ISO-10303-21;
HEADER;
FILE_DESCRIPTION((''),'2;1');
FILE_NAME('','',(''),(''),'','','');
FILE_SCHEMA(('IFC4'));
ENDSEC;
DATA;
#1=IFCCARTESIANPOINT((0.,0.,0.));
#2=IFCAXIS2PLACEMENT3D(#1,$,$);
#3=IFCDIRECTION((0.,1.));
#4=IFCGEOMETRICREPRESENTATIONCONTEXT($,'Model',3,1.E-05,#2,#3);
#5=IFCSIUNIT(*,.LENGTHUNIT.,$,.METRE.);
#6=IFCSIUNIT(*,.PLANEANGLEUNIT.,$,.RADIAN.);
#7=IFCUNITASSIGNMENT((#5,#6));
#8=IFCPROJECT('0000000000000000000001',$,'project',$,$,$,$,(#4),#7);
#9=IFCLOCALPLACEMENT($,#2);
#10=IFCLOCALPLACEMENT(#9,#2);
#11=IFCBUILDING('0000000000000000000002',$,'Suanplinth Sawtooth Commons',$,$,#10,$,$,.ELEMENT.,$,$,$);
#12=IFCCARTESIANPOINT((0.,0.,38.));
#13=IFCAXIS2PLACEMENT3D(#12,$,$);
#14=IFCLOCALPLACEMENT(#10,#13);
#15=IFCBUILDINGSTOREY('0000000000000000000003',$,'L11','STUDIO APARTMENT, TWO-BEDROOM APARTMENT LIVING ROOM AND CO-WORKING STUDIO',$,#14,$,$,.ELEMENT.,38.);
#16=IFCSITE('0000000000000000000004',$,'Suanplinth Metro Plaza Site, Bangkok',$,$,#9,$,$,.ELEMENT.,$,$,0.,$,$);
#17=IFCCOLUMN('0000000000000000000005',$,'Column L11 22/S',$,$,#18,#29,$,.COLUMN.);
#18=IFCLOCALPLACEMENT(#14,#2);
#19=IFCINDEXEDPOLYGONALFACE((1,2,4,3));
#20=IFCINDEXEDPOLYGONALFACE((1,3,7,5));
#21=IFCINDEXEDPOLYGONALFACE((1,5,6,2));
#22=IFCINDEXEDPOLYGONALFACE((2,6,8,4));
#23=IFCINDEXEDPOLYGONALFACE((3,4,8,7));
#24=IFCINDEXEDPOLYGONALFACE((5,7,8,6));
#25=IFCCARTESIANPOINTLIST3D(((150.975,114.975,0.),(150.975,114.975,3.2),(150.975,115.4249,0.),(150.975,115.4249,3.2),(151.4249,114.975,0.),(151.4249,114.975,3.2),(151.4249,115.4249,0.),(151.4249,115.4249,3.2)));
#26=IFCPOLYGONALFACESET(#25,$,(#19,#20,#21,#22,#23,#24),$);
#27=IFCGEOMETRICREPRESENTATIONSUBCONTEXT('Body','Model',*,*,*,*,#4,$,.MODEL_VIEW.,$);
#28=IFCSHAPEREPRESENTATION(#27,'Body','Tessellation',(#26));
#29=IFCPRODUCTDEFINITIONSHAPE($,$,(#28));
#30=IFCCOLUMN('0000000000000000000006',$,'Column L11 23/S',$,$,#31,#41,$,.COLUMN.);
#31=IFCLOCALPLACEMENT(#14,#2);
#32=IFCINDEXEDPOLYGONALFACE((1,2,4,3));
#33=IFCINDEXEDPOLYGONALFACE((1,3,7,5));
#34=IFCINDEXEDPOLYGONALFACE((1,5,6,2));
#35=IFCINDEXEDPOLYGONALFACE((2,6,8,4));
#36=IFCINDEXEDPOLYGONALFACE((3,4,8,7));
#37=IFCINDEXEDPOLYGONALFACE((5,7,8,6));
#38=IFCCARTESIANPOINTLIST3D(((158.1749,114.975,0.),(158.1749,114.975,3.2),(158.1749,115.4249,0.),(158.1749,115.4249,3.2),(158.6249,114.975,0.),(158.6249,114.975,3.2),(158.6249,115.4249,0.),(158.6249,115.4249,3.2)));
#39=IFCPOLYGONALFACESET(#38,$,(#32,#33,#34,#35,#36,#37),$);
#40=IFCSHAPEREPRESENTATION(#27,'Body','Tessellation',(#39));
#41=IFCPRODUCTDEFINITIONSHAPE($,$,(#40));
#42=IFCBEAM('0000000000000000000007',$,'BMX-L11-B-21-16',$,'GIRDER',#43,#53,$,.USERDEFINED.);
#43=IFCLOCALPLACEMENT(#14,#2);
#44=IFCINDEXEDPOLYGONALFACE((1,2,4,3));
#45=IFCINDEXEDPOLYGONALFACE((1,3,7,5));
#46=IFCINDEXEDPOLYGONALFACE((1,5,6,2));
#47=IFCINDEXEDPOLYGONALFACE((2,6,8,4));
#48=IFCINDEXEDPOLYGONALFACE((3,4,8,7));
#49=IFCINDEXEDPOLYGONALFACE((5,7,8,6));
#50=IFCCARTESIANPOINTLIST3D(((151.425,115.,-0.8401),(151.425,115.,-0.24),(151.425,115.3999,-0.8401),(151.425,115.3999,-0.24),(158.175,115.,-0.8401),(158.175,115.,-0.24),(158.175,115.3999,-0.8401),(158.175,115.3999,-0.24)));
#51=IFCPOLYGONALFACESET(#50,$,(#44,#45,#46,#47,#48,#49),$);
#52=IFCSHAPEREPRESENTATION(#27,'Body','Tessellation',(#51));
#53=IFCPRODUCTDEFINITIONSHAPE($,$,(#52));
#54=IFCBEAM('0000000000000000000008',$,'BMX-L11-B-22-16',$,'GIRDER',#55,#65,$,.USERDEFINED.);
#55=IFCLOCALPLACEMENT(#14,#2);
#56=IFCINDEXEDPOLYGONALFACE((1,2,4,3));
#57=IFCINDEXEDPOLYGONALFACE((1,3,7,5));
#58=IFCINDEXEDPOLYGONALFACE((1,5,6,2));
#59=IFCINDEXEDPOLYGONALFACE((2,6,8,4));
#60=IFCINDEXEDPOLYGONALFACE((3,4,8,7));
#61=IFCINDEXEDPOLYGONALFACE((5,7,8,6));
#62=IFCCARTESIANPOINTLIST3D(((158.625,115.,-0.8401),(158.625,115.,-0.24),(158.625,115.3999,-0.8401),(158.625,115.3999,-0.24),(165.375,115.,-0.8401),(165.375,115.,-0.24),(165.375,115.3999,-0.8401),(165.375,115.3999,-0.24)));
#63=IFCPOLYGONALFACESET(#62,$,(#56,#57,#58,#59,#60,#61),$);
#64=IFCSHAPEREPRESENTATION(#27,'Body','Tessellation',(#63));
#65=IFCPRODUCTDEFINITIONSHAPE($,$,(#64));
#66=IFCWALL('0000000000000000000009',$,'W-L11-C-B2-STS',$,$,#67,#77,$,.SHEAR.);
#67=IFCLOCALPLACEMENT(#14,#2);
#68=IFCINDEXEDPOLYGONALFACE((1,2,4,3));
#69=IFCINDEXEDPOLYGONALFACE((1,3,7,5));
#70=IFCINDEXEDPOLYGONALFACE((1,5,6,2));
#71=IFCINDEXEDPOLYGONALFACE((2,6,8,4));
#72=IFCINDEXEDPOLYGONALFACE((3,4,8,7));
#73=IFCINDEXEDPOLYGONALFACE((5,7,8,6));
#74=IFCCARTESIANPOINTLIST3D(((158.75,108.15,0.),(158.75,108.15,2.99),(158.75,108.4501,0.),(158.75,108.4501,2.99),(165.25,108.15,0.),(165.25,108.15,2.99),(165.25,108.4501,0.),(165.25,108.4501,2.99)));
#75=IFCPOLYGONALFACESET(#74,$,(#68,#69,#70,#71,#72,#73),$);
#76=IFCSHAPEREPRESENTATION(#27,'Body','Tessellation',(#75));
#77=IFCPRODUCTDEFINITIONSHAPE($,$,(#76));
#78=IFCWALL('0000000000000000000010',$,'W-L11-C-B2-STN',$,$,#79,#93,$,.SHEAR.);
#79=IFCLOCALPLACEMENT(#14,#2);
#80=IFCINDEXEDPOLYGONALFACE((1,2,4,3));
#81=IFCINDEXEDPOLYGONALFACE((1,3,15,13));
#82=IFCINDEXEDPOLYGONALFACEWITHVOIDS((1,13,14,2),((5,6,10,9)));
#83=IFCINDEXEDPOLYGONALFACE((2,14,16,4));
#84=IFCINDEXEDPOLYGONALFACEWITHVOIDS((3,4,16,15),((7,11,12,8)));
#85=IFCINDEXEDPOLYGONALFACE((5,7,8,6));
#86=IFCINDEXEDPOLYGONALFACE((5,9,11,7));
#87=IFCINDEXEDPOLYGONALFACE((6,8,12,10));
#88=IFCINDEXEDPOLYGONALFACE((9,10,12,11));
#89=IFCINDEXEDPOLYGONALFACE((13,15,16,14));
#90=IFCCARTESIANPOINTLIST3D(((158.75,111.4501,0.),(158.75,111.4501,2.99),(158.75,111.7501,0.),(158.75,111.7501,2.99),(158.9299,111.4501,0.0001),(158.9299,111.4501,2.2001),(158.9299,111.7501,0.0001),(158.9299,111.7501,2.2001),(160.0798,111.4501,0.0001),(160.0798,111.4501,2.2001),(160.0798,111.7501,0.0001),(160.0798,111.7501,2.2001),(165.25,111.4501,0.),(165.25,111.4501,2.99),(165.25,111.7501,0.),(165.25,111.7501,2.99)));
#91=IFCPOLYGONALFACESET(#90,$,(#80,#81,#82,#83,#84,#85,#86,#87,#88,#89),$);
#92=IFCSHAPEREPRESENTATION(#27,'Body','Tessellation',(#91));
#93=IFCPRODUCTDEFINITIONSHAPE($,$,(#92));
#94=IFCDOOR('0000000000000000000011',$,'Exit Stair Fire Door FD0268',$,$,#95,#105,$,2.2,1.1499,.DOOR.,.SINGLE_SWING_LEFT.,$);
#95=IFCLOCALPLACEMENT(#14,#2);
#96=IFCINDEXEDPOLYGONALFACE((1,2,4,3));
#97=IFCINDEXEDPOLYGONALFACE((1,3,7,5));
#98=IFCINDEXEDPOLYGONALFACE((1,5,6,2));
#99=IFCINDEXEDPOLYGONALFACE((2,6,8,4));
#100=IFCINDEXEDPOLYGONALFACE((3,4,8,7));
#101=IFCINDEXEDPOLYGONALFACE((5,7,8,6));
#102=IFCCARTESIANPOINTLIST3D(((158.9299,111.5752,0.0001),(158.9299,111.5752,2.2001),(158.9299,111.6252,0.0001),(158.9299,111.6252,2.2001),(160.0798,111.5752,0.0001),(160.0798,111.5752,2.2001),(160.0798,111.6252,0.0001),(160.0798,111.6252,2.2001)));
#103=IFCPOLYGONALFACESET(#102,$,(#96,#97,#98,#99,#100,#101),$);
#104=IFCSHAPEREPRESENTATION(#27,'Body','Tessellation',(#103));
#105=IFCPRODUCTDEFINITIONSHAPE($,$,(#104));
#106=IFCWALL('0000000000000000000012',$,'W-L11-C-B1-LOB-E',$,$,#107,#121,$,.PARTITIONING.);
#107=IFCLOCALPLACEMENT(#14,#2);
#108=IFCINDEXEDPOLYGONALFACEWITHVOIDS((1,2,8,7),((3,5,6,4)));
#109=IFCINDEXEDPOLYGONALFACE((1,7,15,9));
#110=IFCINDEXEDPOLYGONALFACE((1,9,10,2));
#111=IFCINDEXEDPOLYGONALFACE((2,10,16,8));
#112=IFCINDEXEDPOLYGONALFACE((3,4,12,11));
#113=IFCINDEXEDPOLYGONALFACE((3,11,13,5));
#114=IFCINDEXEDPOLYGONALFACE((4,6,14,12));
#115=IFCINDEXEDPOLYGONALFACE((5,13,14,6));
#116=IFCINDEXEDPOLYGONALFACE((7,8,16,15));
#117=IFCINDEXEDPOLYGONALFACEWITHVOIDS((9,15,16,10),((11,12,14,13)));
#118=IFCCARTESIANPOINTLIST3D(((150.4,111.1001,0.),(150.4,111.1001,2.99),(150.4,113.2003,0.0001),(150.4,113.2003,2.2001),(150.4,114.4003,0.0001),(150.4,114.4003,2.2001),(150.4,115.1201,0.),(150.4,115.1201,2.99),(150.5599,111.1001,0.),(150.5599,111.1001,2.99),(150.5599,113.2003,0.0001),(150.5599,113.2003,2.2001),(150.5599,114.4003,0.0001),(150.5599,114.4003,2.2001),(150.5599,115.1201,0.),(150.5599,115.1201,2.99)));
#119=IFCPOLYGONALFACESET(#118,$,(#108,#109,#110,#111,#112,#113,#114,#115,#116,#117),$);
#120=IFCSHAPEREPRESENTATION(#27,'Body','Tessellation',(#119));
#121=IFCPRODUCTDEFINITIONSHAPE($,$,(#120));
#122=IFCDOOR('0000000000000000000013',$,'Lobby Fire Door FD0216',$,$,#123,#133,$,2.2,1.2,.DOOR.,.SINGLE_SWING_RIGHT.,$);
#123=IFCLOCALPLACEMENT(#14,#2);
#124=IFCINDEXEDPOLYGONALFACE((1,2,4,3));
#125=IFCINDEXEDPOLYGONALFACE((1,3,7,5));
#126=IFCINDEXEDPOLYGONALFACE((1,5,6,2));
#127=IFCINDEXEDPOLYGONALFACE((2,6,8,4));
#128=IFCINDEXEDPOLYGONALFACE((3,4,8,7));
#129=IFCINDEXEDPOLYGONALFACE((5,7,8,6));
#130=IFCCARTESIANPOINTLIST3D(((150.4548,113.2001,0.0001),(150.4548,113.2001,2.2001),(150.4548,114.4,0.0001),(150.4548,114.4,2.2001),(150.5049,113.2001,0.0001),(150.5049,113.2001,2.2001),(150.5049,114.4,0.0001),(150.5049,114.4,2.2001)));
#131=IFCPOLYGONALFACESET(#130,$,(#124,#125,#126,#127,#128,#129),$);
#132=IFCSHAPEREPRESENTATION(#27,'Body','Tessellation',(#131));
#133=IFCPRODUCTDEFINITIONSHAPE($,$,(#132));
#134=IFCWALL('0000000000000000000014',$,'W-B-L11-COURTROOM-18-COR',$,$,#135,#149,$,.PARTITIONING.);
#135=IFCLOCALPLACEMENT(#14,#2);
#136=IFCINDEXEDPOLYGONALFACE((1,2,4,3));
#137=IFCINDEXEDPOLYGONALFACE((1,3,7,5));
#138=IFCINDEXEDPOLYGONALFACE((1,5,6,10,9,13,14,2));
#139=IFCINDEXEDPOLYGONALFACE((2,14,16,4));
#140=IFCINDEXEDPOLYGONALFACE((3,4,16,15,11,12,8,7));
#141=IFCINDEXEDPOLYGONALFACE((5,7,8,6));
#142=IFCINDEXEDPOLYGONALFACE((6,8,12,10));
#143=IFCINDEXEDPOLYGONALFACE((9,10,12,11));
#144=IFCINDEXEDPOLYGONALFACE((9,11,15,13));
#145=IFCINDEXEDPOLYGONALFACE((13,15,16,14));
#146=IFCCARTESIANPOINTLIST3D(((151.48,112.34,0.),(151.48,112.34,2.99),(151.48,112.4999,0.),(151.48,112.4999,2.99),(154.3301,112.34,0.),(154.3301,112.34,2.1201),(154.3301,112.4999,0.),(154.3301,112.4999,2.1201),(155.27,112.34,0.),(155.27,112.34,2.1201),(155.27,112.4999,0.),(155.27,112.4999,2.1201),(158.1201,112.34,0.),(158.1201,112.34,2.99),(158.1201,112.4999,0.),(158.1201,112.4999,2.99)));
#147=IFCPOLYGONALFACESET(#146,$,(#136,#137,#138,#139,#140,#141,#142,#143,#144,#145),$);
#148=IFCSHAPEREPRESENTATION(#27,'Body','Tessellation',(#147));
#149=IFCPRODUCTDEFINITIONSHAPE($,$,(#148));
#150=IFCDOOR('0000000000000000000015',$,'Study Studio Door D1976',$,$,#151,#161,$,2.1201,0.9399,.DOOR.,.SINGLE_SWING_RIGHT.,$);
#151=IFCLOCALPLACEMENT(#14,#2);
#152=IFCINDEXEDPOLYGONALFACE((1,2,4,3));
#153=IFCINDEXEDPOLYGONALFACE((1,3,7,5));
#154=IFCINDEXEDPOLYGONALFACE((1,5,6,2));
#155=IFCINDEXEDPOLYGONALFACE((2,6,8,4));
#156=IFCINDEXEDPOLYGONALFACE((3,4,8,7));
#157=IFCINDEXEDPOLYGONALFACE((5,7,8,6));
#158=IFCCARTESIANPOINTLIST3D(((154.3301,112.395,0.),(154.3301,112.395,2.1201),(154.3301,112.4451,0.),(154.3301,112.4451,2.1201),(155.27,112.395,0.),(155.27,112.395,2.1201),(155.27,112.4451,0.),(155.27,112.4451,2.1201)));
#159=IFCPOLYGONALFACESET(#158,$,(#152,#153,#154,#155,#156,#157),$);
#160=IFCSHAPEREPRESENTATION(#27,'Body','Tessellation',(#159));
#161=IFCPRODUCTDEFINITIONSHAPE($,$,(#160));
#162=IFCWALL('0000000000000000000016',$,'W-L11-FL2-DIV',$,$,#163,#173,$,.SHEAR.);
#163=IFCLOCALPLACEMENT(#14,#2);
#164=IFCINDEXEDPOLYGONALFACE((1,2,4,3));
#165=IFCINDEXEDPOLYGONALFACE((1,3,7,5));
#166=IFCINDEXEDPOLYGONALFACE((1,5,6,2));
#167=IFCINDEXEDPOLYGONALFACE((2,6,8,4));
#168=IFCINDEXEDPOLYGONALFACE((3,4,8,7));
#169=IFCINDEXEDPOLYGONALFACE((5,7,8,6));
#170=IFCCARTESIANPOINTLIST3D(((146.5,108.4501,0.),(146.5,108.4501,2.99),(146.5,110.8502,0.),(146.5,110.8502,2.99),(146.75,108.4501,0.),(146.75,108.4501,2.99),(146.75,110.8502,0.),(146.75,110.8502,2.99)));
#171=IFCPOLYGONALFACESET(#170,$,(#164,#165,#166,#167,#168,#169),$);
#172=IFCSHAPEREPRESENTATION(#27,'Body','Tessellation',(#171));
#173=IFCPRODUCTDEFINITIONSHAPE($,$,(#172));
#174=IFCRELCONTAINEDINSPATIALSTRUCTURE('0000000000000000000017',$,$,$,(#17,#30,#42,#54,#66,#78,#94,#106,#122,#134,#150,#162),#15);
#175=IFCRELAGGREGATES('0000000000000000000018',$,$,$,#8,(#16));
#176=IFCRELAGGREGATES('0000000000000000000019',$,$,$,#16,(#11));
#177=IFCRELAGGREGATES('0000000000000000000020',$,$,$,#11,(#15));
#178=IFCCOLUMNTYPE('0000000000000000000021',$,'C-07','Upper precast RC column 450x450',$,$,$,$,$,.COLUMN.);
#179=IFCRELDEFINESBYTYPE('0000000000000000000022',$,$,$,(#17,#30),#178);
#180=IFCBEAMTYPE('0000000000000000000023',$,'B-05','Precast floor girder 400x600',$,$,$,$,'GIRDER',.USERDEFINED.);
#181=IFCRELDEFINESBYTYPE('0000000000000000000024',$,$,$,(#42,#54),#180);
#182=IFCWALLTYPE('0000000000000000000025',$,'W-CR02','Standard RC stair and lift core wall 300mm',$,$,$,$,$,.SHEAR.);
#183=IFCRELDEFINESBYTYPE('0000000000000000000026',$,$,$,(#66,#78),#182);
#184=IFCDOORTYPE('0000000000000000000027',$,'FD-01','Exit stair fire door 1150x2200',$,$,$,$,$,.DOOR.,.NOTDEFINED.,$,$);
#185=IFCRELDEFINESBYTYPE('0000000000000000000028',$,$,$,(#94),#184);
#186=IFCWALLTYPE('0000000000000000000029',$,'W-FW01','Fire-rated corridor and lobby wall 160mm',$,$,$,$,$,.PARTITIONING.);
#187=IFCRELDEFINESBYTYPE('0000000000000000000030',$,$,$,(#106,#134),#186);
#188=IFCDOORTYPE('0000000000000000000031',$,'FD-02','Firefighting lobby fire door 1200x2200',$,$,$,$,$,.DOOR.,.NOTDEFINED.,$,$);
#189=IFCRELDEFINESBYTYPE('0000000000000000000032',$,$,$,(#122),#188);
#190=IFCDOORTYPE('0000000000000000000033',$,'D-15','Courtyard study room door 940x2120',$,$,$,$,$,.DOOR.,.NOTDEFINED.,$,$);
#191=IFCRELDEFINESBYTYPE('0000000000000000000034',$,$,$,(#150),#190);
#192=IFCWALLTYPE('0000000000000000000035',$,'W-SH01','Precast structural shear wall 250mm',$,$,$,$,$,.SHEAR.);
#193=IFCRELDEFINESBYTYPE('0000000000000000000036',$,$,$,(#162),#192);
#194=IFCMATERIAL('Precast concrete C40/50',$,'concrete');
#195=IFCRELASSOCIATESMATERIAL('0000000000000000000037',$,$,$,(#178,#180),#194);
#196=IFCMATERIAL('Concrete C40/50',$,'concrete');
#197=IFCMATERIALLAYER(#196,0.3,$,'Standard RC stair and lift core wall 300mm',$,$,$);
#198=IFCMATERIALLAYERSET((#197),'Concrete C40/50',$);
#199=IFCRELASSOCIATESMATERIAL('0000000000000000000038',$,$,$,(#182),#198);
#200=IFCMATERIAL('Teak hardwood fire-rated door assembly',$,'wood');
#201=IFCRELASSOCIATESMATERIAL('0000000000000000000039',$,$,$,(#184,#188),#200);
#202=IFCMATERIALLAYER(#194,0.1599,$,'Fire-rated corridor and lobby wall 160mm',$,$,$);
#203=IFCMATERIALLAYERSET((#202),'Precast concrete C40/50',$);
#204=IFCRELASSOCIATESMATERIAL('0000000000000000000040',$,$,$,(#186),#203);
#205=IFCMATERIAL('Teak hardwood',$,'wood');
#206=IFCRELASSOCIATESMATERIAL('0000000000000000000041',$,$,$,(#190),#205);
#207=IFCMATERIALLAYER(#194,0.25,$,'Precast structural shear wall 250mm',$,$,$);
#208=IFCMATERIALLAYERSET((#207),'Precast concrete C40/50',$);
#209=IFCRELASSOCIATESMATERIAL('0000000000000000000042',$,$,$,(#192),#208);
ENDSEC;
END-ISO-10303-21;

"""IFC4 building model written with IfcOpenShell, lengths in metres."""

from ifc_helpers import new_model, si_unit, direction, frame, frame_2d, origin, origin_2d, place, context, subcontext, project, spatial, rectangle, extrude, material, layer, layer_set, material_profile, profile_set, type_object, element, fill, save


model = new_model("IFC4")

# Units and contexts
model_context = context("Model", 3, precision=1e-05, world=origin(), true_north=direction((0.0, 1.0)))
body_context = subcontext(model_context, "Body", "Model", "MODEL_VIEW")
ifc_project = project(units=[si_unit("LENGTHUNIT", "METRE"), si_unit("PLANEANGLEUNIT", "RADIAN")], contexts=[model_context])

# Site, building, storey
site_placement = place(None, origin())
site = spatial("IfcSite", under=ifc_project, at=site_placement, Name="Suanplinth Metro Plaza Site, Bangkok", CompositionType="ELEMENT", RefElevation=0.0)
building_placement = place(site_placement, origin())
building = spatial("IfcBuilding", under=site, at=building_placement, Name="Suanplinth Sawtooth Commons", CompositionType="ELEMENT")
storey_placement = place(building_placement, frame((0.0, 0.0, 38.0)))
storey = spatial("IfcBuildingStorey", under=building, at=storey_placement, Name="L11", Description="STUDIO APARTMENT, TWO-BEDROOM APARTMENT LIVING ROOM AND CO-WORKING STUDIO", CompositionType="ELEMENT", Elevation=38.0)

# Columns
ifc_material_1 = material(Name="Precast concrete C40/50", Category="concrete")
ifc_material_profile_1 = material_profile(ifc_material_1, rectangle(XDim=0.45, YDim=0.45, at=origin_2d()), Name="PC-COL 450x450")
ifc_profile_set_1 = profile_set([ifc_material_profile_1], Name="Precast concrete C40/50")
column_type = type_object("IfcColumnType", Name="C-07", Description="Upper precast RC column 450x450", PredefinedType="COLUMN", material=ifc_profile_set_1)
for number, where, z_axis, x_axis, name in (
    (1, (151.2, 115.2, 0.0), (0.0, 0.0, 1.0), (1.0, 0.0, 0.0), "Column L11 22/S"),
    (2, (158.3999, 115.2, 0.0), (0.0, 0.0, 1.0), (1.0, 0.0, 0.0), "Column L11 23/S"),
):
    element("IfcColumn", number, at=place(storey_placement, frame(where, z_axis=z_axis, x_axis=x_axis)), inside=storey, type_object=column_type, Name=name, PredefinedType="COLUMN", context=body_context, shape_type="SweptSolid", body=[
        extrude(rectangle(XDim=0.45, YDim=0.45, at=origin_2d()), origin(), (0.0, 0.0, 1.0), 3.2),
    ])

# Beams
ifc_material_profile_2 = material_profile(ifc_material_1, rectangle(XDim=0.3999, YDim=0.6001, at=origin_2d()), Name="PC-GDR 400x600")
ifc_profile_set_2 = profile_set([ifc_material_profile_2], Name="Precast concrete C40/50")
beam_type = type_object("IfcBeamType", Name="B-05", Description="Precast floor girder 400x600", ElementType="GIRDER", PredefinedType="USERDEFINED", material=ifc_profile_set_2)
for number, where, z_axis, x_axis, name in (
    (3, (151.425, 115.2, -0.54), (1.0, 0.0, 0.0), (0.0, 1.0, 0.0), "BMX-L11-B-21-16"),
    (4, (158.625, 115.2, -0.54), (1.0, 0.0, 0.0), (0.0, 1.0, 0.0), "BMX-L11-B-22-16"),
):
    element("IfcBeam", number, at=place(storey_placement, frame(where, z_axis=z_axis, x_axis=x_axis)), inside=storey, type_object=beam_type, Name=name, ObjectType="GIRDER", PredefinedType="USERDEFINED", context=body_context, shape_type="SweptSolid", body=[
        extrude(rectangle(XDim=0.3999, YDim=0.6001, at=origin_2d()), origin(), (0.0, 0.0, 1.0), 6.75),
    ])

# Wall
ifc_material_2 = material(Name="Concrete C40/50", Category="concrete")
ifc_layer_1 = layer(ifc_material_2, 0.3, Name="Standard RC stair and lift core wall 300mm")
ifc_layer_set_1 = layer_set([ifc_layer_1], Name="Concrete C40/50")
wall_type_1 = type_object("IfcWallType", Name="W-CR02", Description="Standard RC stair and lift core wall 300mm", PredefinedType="SHEAR", material=ifc_layer_set_1)
wall_1_placement = place(storey_placement, frame((158.75, 108.3, 0.0), z_axis=(0.0, 0.0, 1.0), x_axis=(1.0, 0.0, 0.0)))
element("IfcWall", 5, at=wall_1_placement, inside=storey, type_object=wall_type_1, Name="W-L11-C-B2-STS", PredefinedType="SHEAR", context=body_context, shape_type="SweptSolid", body=[
    extrude(rectangle(XDim=6.5, YDim=0.3, at=frame_2d((3.25, 0.0))), origin(), (0.0, 0.0, 1.0), 2.99),
])

# Walls, openings, doors
wall_2_placement = place(storey_placement, frame((158.75, 111.6001, 0.0), z_axis=(0.0, 0.0, 1.0), x_axis=(1.0, 0.0, 0.0)))
wall_2 = element("IfcWall", 6, at=wall_2_placement, inside=storey, type_object=wall_type_1, Name="W-L11-C-B2-STN", PredefinedType="SHEAR", context=body_context, shape_type="SweptSolid", body=[
    extrude(rectangle(XDim=6.5, YDim=0.3, at=frame_2d((3.25, 0.0))), origin(), (0.0, 0.0, 1.0), 2.99),
])
opening_1_placement = place(wall_2_placement, frame((0.1799, 0.0, 0.0)))
opening_1 = element("IfcOpeningElement", 7, at=opening_1_placement, cuts=wall_2, PredefinedType="OPENING", context=body_context, shape_type="SweptSolid", body=[
    extrude(rectangle(XDim=1.1499, YDim=2.2, at=frame_2d((0.575, 1.1001))), frame((0.0, 0.165, 0.0), z_axis=(0.0, -1.0, 0.0), x_axis=(1.0, 0.0, 0.0)), (0.0, 0.0, 1.0), 0.3298),
])
ifc_material_3 = material(Name="Teak hardwood fire-rated door assembly", Category="wood")
door_type_1 = type_object("IfcDoorType", Name="FD-01", Description="Exit stair fire door 1150x2200", OperationType="NOTDEFINED", PredefinedType="DOOR", material=ifc_material_3)
door_1_placement = place(opening_1_placement, frame((1.1499, 0.0, 0.0), z_axis=(0.0, 0.0, 1.0), x_axis=(-1.0, 0.0, 0.0)))
door_1 = element("IfcDoor", 8, at=door_1_placement, inside=storey, type_object=door_type_1, Name="Exit Stair Fire Door FD0268", OperationType="SINGLE_SWING_LEFT", OverallHeight=2.2, OverallWidth=1.1499, PredefinedType="DOOR", context=body_context, shape_type="SweptSolid", body=[
    extrude(rectangle(XDim=1.1499, YDim=2.2, at=frame_2d((0.575, 1.1001))), frame((0.0, 0.0249, 0.0), z_axis=(0.0, -1.0, 0.0), x_axis=(1.0, 0.0, 0.0)), (0.0, 0.0, 1.0), 0.05),
])
fill(opening_1, door_1)
ifc_layer_2 = layer(ifc_material_1, 0.1599, Name="Fire-rated corridor and lobby wall 160mm")
ifc_layer_set_2 = layer_set([ifc_layer_2], Name="Precast concrete C40/50")
wall_type_2 = type_object("IfcWallType", Name="W-FW01", Description="Fire-rated corridor and lobby wall 160mm", PredefinedType="PARTITIONING", material=ifc_layer_set_2)
wall_3_placement = place(storey_placement, frame((150.48, 111.1001, 0.0), z_axis=(0.0, 0.0, 1.0), x_axis=(0.0, 1.0, 0.0)))
wall_3 = element("IfcWall", 9, at=wall_3_placement, inside=storey, type_object=wall_type_2, Name="W-L11-C-B1-LOB-E", PredefinedType="PARTITIONING", context=body_context, shape_type="SweptSolid", body=[
    extrude(rectangle(XDim=4.02, YDim=0.1599, at=frame_2d((2.01, 0.0))), origin(), (0.0, 0.0, 1.0), 2.99),
])
opening_2_placement = place(wall_3_placement, frame((2.1001, 0.0, 0.0)))
opening_2 = element("IfcOpeningElement", 10, at=opening_2_placement, cuts=wall_3, PredefinedType="OPENING", context=body_context, shape_type="SweptSolid", body=[
    extrude(rectangle(XDim=1.2, YDim=2.2, at=frame_2d((0.6001, 1.1001))), frame((0.0, 0.0947, 0.0), z_axis=(0.0, -1.0, 0.0), x_axis=(1.0, 0.0, 0.0)), (0.0, 0.0, 1.0), 0.1897),
])
door_type_2 = type_object("IfcDoorType", Name="FD-02", Description="Firefighting lobby fire door 1200x2200", OperationType="NOTDEFINED", PredefinedType="DOOR", material=ifc_material_3)
door_2_placement = place(opening_2_placement, frame((1.2, 0.0, 0.0), z_axis=(0.0, 0.0, 1.0), x_axis=(-1.0, 0.0, 0.0)))
door_2 = element("IfcDoor", 11, at=door_2_placement, inside=storey, type_object=door_type_2, Name="Lobby Fire Door FD0216", OperationType="SINGLE_SWING_RIGHT", OverallHeight=2.2, OverallWidth=1.2, PredefinedType="DOOR", context=body_context, shape_type="SweptSolid", body=[
    extrude(rectangle(XDim=1.2, YDim=2.2, at=frame_2d((0.6001, 1.1001))), frame((0.0, 0.0249, 0.0), z_axis=(0.0, -1.0, 0.0), x_axis=(1.0, 0.0, 0.0)), (0.0, 0.0, 1.0), 0.05),
])
fill(opening_2, door_2)
wall_4_placement = place(storey_placement, frame((151.48, 112.4199, 0.0), z_axis=(0.0, 0.0, 1.0), x_axis=(1.0, 0.0, 0.0)))
wall_4 = element("IfcWall", 12, at=wall_4_placement, inside=storey, type_object=wall_type_2, Name="W-B-L11-COURTROOM-18-COR", PredefinedType="PARTITIONING", context=body_context, shape_type="SweptSolid", body=[
    extrude(rectangle(XDim=6.6401, YDim=0.1599, at=frame_2d((3.3201, 0.0))), origin(), (0.0, 0.0, 1.0), 2.99),
])
opening_3_placement = place(wall_4_placement, frame((2.8501, 0.0, 0.0)))
opening_3 = element("IfcOpeningElement", 13, at=opening_3_placement, cuts=wall_4, PredefinedType="OPENING", context=body_context, shape_type="SweptSolid", body=[
    extrude(rectangle(XDim=0.9399, YDim=2.1201, at=frame_2d((0.47, 1.0601))), frame((0.0, 0.0947, 0.0), z_axis=(0.0, -1.0, 0.0), x_axis=(1.0, 0.0, 0.0)), (0.0, 0.0, 1.0), 0.1897),
])
ifc_material_4 = material(Name="Teak hardwood", Category="wood")
door_type_3 = type_object("IfcDoorType", Name="D-15", Description="Courtyard study room door 940x2120", OperationType="NOTDEFINED", PredefinedType="DOOR", material=ifc_material_4)
door_3_placement = place(opening_3_placement, frame((0.9399, 0.0, 0.0), z_axis=(0.0, 0.0, 1.0), x_axis=(-1.0, 0.0, 0.0)))
door_3 = element("IfcDoor", 14, at=door_3_placement, inside=storey, type_object=door_type_3, Name="Study Studio Door D1976", OperationType="SINGLE_SWING_RIGHT", OverallHeight=2.1201, OverallWidth=0.9399, PredefinedType="DOOR", context=body_context, shape_type="SweptSolid", body=[
    extrude(rectangle(XDim=0.9399, YDim=2.1201, at=frame_2d((0.47, 1.0601))), frame((0.0, 0.0249, 0.0), z_axis=(0.0, -1.0, 0.0), x_axis=(1.0, 0.0, 0.0)), (0.0, 0.0, 1.0), 0.05),
])
fill(opening_3, door_3)

# Wall
ifc_layer_3 = layer(ifc_material_1, 0.25, Name="Precast structural shear wall 250mm")
ifc_layer_set_3 = layer_set([ifc_layer_3], Name="Precast concrete C40/50")
wall_type_3 = type_object("IfcWallType", Name="W-SH01", Description="Precast structural shear wall 250mm", PredefinedType="SHEAR", material=ifc_layer_set_3)
wall_5_placement = place(storey_placement, frame((146.625, 108.45, 0.0), z_axis=(0.0, 0.0, 1.0), x_axis=(0.0, 1.0, 0.0)))
element("IfcWall", 15, at=wall_5_placement, inside=storey, type_object=wall_type_3, Name="W-L11-FL2-DIV", PredefinedType="SHEAR", context=body_context, shape_type="SweptSolid", body=[
    extrude(rectangle(XDim=2.4001, YDim=0.25, at=frame_2d((1.2002, 0.0))), origin(), (0.0, 0.0, 1.0), 2.99),
])

save(model, "model.ifc")
